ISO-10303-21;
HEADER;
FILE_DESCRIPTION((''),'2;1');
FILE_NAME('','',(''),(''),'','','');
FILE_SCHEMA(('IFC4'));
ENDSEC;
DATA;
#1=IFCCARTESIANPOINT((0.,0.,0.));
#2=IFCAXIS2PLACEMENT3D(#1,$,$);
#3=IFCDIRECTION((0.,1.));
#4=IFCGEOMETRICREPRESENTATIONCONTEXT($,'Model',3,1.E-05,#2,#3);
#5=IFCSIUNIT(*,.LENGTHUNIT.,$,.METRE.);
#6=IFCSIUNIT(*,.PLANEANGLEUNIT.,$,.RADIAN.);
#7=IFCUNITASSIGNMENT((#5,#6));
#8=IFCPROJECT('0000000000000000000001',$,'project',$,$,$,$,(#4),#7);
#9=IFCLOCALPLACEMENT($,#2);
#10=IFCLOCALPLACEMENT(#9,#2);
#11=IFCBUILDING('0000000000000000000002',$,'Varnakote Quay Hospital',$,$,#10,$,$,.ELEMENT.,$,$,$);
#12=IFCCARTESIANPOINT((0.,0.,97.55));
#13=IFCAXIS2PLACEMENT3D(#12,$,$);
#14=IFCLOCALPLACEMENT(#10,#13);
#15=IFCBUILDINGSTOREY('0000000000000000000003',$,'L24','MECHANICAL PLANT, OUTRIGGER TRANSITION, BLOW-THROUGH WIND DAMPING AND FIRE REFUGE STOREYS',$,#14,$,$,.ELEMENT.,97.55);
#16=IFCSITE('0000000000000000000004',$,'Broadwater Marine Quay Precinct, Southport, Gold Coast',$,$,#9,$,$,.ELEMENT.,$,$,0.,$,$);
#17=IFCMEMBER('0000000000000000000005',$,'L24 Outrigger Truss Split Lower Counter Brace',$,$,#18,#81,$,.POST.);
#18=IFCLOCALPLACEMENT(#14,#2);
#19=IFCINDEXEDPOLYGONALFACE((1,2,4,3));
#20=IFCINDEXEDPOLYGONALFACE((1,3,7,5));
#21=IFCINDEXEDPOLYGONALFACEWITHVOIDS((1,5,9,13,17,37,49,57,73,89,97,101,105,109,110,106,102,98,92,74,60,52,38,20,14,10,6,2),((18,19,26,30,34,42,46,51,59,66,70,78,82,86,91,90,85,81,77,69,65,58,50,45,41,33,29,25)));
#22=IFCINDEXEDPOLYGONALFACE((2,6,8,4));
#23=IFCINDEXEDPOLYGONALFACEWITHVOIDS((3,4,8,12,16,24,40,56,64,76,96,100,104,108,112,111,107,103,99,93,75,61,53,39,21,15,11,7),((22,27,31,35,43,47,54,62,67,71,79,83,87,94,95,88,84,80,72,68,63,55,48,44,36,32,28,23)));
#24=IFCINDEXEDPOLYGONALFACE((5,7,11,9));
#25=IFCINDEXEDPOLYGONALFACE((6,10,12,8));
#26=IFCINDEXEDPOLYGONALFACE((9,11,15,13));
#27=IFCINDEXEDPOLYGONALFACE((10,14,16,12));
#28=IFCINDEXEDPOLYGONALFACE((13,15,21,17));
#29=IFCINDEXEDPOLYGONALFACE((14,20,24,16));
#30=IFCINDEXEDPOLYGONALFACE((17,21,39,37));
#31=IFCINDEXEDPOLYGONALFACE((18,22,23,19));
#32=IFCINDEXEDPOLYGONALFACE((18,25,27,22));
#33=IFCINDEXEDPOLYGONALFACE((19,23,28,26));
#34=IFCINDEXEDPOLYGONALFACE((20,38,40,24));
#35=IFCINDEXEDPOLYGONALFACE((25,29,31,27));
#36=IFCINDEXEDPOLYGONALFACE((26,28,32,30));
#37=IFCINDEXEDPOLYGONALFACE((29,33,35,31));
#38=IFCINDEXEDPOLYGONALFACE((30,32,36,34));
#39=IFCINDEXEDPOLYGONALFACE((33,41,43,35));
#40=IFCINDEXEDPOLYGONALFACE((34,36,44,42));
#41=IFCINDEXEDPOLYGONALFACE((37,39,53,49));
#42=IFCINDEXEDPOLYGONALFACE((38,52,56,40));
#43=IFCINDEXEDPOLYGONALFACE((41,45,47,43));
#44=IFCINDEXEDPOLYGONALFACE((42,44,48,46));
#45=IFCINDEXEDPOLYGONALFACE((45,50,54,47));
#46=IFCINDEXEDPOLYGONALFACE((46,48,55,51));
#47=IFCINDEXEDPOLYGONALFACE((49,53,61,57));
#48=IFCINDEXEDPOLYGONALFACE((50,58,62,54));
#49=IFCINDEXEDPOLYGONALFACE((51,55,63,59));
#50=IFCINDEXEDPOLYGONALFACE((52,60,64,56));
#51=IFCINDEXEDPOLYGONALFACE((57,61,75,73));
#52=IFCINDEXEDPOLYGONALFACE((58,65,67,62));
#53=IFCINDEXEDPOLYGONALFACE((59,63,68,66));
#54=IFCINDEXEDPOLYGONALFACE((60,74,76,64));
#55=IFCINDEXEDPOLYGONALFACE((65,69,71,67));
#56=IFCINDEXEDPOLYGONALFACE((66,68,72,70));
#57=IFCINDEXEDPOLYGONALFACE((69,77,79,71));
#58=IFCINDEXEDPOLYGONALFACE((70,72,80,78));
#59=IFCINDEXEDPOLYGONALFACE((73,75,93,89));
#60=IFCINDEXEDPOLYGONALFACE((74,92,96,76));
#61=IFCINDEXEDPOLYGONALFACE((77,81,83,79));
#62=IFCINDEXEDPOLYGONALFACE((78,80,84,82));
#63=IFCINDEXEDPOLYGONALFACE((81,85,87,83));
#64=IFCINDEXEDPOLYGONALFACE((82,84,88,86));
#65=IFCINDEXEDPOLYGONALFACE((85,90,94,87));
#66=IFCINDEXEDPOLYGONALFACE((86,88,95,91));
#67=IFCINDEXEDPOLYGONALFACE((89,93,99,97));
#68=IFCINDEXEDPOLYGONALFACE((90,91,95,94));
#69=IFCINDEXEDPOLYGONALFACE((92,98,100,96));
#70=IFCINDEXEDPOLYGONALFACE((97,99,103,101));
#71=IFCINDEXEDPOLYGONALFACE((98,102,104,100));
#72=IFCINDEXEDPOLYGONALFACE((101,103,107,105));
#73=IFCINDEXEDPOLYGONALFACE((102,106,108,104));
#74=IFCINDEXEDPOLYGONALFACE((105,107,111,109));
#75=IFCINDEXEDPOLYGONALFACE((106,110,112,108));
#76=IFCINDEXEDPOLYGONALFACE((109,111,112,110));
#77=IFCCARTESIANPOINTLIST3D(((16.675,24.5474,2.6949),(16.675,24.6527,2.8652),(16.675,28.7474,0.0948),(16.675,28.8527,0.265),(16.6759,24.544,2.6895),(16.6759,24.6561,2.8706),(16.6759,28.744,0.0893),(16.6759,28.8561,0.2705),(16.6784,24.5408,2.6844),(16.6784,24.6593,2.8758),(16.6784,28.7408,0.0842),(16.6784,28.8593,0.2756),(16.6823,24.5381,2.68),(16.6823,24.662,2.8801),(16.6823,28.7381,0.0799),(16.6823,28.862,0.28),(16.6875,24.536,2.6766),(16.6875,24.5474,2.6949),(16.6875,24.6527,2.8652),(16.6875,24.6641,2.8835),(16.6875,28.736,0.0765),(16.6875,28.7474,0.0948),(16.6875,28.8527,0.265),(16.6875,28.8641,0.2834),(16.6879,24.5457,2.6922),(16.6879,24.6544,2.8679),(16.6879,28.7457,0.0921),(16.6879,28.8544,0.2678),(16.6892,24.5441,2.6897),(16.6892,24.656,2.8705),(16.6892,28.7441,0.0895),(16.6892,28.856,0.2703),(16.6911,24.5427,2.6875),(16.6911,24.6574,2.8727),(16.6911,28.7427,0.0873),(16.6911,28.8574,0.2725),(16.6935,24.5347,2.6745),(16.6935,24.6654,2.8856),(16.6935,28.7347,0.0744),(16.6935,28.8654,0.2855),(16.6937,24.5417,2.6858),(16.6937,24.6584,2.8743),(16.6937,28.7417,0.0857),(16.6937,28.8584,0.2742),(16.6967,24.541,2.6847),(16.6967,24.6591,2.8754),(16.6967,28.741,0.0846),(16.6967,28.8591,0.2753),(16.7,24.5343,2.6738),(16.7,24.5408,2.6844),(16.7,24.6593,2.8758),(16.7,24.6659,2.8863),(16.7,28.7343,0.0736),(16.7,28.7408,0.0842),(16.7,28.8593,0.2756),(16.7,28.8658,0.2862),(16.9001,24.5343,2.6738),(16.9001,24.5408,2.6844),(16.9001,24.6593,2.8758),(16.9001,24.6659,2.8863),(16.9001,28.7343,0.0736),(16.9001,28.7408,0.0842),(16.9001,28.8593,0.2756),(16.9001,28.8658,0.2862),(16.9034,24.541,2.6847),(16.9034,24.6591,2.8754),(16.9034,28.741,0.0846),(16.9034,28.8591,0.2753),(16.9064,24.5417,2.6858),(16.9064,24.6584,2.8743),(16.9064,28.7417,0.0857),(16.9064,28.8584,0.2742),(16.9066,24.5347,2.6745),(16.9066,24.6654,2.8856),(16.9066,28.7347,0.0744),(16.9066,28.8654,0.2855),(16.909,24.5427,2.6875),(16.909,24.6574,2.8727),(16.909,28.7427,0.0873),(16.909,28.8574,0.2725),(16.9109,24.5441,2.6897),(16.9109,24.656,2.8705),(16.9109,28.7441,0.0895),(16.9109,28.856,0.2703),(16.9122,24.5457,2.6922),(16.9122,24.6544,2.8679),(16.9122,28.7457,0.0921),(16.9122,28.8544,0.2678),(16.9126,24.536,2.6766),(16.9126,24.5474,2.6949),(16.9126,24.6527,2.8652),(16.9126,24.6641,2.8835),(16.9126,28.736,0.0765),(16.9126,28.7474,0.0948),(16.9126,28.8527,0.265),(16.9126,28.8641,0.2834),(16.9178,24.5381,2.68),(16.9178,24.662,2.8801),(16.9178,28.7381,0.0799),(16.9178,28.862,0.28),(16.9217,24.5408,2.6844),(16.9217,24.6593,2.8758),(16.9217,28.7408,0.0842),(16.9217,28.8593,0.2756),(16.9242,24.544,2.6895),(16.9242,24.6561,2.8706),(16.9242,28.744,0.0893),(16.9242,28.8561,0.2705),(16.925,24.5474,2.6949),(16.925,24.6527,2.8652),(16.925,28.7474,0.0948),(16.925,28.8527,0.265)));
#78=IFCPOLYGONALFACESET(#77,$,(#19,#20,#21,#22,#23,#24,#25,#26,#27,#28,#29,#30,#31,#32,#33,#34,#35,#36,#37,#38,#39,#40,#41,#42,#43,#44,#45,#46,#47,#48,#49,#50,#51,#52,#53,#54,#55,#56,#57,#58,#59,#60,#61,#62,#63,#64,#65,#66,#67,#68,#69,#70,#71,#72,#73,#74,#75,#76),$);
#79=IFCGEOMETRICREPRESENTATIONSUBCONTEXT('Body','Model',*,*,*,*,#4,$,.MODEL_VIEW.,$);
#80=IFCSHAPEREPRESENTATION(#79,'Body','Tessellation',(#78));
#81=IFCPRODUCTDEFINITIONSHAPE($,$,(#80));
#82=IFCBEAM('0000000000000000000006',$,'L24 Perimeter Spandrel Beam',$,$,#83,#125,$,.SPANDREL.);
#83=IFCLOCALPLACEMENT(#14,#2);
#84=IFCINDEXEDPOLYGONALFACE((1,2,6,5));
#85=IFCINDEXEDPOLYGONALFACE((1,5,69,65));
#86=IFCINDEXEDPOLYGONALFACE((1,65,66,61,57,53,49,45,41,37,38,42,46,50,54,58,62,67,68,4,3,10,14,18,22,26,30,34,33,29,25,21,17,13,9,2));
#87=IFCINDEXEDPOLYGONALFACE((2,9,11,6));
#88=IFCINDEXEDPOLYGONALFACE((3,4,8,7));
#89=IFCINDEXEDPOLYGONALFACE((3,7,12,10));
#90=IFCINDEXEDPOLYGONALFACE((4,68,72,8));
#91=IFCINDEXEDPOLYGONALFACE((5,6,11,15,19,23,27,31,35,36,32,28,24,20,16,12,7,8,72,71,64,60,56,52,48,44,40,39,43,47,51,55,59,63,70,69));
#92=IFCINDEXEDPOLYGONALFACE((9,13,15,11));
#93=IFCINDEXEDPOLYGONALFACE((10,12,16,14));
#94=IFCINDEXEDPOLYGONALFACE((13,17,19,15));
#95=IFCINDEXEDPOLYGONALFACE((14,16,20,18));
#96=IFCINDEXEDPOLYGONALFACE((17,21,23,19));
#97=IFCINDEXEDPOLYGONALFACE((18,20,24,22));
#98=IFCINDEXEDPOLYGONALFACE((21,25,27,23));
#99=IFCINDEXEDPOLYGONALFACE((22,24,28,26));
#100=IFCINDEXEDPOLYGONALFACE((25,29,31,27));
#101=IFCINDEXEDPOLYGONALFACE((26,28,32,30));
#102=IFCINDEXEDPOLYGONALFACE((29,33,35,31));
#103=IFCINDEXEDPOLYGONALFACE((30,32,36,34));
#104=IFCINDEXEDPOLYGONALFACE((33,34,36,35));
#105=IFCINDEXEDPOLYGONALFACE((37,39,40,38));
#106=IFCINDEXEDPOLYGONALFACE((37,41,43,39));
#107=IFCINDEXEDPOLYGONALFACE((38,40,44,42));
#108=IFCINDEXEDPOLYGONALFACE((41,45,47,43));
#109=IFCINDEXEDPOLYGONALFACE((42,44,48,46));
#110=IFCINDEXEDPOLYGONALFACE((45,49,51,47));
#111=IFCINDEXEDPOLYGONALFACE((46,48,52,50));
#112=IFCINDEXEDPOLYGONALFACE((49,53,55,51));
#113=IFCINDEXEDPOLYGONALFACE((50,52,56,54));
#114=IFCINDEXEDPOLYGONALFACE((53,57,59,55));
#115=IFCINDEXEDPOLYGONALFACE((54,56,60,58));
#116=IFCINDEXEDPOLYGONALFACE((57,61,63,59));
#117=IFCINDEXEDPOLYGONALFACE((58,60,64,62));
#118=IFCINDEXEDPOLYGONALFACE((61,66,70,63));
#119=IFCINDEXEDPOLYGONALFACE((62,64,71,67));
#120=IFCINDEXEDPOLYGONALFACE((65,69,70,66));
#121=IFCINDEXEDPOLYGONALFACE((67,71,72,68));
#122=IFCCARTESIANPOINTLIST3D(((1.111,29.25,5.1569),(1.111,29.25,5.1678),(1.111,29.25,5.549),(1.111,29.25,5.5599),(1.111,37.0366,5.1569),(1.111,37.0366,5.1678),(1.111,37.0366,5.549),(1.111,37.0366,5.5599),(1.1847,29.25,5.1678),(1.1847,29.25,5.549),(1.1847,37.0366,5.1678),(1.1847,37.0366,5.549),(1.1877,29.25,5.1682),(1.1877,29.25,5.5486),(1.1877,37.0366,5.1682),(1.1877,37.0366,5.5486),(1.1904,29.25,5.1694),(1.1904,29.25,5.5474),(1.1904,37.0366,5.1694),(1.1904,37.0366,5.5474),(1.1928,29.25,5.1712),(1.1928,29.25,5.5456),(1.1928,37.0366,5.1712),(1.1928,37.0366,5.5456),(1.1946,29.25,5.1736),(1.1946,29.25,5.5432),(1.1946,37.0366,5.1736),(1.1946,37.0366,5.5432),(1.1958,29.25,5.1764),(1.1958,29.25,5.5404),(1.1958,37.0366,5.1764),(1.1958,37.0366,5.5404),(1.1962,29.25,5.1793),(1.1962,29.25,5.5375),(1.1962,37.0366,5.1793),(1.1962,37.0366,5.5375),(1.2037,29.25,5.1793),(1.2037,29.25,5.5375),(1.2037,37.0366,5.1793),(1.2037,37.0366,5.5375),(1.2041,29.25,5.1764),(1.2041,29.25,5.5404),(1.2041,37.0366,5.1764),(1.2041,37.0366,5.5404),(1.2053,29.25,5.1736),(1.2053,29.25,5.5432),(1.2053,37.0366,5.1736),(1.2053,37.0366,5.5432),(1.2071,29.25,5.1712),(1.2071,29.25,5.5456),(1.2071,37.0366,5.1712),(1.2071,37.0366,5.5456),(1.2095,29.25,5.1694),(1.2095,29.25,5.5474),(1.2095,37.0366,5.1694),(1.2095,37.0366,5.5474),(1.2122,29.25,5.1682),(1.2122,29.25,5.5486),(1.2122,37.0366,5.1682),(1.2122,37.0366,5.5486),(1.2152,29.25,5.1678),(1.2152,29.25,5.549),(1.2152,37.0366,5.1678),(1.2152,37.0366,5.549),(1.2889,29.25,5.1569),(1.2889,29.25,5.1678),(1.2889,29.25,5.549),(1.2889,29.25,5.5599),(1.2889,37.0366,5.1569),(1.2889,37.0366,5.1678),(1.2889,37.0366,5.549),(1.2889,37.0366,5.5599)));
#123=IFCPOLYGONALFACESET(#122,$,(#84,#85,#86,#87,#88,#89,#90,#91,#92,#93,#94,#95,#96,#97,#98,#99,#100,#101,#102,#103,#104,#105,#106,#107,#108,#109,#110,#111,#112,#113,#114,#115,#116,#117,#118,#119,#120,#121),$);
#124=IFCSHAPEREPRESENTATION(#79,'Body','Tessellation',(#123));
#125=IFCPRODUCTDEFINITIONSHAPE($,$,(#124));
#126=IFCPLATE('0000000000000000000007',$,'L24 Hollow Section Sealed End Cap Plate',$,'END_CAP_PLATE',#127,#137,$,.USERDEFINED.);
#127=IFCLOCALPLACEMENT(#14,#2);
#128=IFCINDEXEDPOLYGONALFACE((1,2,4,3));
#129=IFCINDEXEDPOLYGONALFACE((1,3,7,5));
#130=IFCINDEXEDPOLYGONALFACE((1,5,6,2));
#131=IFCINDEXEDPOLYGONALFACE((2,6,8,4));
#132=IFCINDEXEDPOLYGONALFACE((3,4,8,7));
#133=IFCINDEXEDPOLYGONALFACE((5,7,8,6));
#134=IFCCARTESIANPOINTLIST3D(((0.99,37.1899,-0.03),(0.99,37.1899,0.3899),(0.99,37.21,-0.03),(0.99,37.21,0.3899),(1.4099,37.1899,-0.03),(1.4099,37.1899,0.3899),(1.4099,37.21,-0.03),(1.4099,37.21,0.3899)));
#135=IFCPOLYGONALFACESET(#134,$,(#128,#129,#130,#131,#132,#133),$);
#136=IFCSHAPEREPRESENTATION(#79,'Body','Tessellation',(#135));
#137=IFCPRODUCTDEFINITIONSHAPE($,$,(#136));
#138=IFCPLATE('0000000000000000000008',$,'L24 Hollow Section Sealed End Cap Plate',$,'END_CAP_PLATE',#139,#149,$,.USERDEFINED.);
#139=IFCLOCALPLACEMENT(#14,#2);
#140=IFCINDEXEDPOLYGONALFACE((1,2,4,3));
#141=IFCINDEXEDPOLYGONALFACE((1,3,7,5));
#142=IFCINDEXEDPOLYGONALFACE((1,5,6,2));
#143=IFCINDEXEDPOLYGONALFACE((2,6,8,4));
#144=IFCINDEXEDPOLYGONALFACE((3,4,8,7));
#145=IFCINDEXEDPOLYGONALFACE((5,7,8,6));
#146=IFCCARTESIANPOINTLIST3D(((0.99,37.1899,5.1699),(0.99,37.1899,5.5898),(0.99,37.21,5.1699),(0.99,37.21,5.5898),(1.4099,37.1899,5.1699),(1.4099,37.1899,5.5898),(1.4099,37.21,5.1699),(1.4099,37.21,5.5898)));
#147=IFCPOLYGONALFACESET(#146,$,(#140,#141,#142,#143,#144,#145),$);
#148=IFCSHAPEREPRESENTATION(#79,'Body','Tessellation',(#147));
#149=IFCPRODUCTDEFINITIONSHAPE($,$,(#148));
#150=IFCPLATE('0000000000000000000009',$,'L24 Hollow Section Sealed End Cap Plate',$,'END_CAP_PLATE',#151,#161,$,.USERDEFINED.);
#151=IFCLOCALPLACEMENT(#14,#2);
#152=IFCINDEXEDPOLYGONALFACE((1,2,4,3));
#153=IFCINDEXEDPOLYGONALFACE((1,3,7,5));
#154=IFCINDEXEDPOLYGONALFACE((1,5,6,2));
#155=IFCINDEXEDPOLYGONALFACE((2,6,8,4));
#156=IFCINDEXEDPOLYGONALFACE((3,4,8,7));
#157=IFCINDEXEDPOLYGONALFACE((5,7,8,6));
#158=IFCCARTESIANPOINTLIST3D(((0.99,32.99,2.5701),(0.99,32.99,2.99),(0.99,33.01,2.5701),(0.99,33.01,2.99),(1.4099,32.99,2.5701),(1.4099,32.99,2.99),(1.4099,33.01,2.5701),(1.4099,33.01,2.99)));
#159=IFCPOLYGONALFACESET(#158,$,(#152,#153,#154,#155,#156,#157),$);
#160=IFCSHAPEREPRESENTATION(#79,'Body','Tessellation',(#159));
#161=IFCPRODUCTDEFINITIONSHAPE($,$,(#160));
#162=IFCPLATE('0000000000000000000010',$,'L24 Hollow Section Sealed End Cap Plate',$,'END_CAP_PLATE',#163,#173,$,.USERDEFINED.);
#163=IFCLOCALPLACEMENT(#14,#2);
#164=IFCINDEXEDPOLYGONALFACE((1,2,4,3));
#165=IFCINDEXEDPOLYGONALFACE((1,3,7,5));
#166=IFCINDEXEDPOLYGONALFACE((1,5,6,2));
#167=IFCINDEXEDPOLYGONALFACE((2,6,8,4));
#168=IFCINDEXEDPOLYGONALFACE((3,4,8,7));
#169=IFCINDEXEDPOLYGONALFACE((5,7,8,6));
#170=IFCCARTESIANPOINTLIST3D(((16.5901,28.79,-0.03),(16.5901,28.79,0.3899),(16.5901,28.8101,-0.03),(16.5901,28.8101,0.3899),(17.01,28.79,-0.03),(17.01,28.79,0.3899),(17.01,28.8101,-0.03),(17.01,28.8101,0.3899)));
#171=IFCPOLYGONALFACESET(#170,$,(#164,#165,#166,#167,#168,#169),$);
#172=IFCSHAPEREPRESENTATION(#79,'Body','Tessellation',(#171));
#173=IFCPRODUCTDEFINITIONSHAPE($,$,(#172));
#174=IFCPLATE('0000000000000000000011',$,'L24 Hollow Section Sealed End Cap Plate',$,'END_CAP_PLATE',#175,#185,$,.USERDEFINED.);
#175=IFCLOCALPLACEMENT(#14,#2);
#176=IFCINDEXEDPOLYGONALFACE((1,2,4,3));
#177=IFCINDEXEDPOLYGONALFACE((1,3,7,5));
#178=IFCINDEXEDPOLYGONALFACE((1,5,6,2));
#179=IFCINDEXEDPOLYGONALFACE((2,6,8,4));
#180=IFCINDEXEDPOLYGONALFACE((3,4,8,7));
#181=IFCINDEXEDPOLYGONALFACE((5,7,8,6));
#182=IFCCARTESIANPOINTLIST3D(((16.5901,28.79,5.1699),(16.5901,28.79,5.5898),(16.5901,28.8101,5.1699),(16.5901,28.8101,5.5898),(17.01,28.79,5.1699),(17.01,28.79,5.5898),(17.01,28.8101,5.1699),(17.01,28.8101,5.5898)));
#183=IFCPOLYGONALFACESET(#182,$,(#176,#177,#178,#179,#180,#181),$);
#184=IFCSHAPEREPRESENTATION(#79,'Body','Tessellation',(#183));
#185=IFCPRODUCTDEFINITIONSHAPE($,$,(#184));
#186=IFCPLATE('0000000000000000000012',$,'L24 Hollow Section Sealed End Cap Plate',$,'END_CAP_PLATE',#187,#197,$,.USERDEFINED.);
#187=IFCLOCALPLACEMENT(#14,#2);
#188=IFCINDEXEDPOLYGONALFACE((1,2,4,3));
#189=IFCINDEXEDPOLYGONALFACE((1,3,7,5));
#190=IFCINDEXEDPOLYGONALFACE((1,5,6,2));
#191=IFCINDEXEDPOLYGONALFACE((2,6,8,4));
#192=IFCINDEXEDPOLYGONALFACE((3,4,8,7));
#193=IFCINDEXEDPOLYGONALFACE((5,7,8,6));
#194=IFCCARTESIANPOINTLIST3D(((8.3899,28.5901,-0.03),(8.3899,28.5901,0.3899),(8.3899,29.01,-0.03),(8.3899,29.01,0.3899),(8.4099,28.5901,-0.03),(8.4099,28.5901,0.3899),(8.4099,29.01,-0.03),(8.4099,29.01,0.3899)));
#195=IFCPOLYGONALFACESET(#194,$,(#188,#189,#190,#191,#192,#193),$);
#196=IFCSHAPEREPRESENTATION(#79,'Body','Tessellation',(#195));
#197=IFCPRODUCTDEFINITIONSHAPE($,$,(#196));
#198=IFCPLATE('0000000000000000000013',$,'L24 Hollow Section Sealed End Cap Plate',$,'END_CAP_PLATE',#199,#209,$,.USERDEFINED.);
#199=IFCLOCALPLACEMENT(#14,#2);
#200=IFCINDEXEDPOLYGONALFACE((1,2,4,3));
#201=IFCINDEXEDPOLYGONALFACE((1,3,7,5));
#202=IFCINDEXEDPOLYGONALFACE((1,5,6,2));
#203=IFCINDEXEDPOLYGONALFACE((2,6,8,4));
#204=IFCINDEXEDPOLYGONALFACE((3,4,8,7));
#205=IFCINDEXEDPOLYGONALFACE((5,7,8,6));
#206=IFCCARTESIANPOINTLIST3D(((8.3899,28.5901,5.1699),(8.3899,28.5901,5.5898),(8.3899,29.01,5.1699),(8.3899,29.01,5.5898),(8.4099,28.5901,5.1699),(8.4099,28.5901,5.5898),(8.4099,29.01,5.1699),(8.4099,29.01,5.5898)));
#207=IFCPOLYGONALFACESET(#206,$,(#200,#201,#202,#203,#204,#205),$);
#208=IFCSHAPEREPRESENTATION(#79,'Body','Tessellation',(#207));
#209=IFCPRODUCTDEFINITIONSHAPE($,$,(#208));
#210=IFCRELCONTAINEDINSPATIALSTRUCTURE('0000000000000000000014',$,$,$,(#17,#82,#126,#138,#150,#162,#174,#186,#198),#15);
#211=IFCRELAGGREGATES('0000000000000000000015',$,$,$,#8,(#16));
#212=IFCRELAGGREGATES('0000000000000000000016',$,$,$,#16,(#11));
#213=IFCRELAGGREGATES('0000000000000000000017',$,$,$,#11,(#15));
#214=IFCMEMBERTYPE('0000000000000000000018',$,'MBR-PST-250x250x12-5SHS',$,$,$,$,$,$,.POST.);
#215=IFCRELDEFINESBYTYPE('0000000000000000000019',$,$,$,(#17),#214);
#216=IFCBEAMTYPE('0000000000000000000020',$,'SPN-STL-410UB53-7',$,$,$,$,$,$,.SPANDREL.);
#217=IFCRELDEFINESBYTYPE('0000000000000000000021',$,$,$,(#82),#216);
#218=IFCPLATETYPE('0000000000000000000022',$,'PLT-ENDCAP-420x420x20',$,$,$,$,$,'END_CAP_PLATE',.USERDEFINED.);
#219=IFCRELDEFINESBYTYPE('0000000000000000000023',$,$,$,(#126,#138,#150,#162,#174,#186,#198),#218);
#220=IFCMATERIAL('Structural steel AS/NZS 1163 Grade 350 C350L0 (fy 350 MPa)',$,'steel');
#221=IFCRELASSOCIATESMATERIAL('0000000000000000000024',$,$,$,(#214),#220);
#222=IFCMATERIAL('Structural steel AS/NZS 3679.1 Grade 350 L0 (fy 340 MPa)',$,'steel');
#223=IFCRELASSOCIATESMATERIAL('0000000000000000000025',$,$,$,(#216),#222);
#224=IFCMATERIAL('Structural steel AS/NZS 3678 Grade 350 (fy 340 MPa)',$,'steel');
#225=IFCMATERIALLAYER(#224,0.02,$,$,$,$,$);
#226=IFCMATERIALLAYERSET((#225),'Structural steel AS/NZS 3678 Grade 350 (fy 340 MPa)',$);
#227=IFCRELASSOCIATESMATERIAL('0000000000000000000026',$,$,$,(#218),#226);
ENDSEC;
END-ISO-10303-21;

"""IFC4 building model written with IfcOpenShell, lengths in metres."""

from ifc_helpers import new_model, si_unit, direction, frame, origin, origin_2d, place, context, subcontext, project, spatial, rectangle, hollow_rectangle, i_section, extrude, material, layer, layer_set, material_profile, profile_set, type_object, element, save


model = new_model("IFC4")

# Units and contexts
model_context = context("Model", 3, precision=1e-05, world=origin(), true_north=direction((0.0, 1.0)))
body_context = subcontext(model_context, "Body", "Model", "MODEL_VIEW")
ifc_project = project(units=[si_unit("LENGTHUNIT", "METRE"), si_unit("PLANEANGLEUNIT", "RADIAN")], contexts=[model_context])

# Site, building, storey
site_placement = place(None, origin())
site = spatial("IfcSite", under=ifc_project, at=site_placement, Name="Broadwater Marine Quay Precinct, Southport, Gold Coast", CompositionType="ELEMENT", RefElevation=0.0)
building_placement = place(site_placement, origin())
building = spatial("IfcBuilding", under=site, at=building_placement, Name="Varnakote Quay Hospital", CompositionType="ELEMENT")
storey_placement = place(building_placement, frame((0.0, 0.0, 97.55)))
storey = spatial("IfcBuildingStorey", under=building, at=storey_placement, Name="L24", Description="MECHANICAL PLANT, OUTRIGGER TRANSITION, BLOW-THROUGH WIND DAMPING AND FIRE REFUGE STOREYS", CompositionType="ELEMENT", Elevation=97.55)

# Member
ifc_material_1 = material(Name="Structural steel AS/NZS 1163 Grade 350 C350L0 (fy 350 MPa)", Category="steel")
ifc_material_profile_1 = material_profile(ifc_material_1, hollow_rectangle(XDim=0.25, YDim=0.25, WallThickness=0.0125, InnerFilletRadius=0.0125, OuterFilletRadius=0.0249, at=origin_2d()), Name="250x250x12.5SHS")
ifc_profile_set_1 = profile_set([ifc_material_profile_1], Name="Structural steel AS/NZS 1163 Grade 350 C350L0 (fy 350 MPa)")
member_type_1 = type_object("IfcMemberType", Name="MBR-PST-250x250x12-5SHS", PredefinedType="POST", material=ifc_profile_set_1)
member_1_placement = place(storey_placement, frame((16.8, 28.8, 0.1799), z_axis=(0.0, -0.850254, 0.526373), x_axis=(1.0, 0.0, 0.0)))
element("IfcMember", 1, at=member_1_placement, inside=storey, type_object=member_type_1, Name="L24 Outrigger Truss Split Lower Counter Brace", PredefinedType="POST", context=body_context, shape_type="SweptSolid", body=[
    extrude(hollow_rectangle(XDim=0.25, YDim=0.25, WallThickness=0.0125, InnerFilletRadius=0.0125, OuterFilletRadius=0.0249, at=origin_2d()), origin(), (0.0, 0.0, 1.0), 4.9397),
])

# Beam
ifc_material_2 = material(Name="Structural steel AS/NZS 3679.1 Grade 350 L0 (fy 340 MPa)", Category="steel")
ifc_material_profile_2 = material_profile(ifc_material_2, i_section(OverallWidth=0.178, OverallDepth=0.4031, WebThickness=0.0076, FlangeThickness=0.011, FilletRadius=0.0115, at=origin_2d()), Name="410UB53.7")
ifc_profile_set_2 = profile_set([ifc_material_profile_2], Name="Structural steel AS/NZS 3679.1 Grade 350 L0 (fy 340 MPa)")
beam_type_1 = type_object("IfcBeamType", Name="SPN-STL-410UB53-7", PredefinedType="SPANDREL", material=ifc_profile_set_2)
beam_1_placement = place(storey_placement, frame((1.2, 29.25, 5.3584), z_axis=(0.0, 1.0, 0.0), x_axis=(-1.0, 0.0, 0.0)))
element("IfcBeam", 2, at=beam_1_placement, inside=storey, type_object=beam_type_1, Name="L24 Perimeter Spandrel Beam", PredefinedType="SPANDREL", context=body_context, shape_type="SweptSolid", body=[
    extrude(i_section(OverallWidth=0.178, OverallDepth=0.4031, WebThickness=0.0076, FlangeThickness=0.011, FilletRadius=0.0115, at=origin_2d()), origin(), (0.0, 0.0, 1.0), 7.7866),
])

# Plates
ifc_material_3 = material(Name="Structural steel AS/NZS 3678 Grade 350 (fy 340 MPa)", Category="steel")
ifc_layer_1 = layer(ifc_material_3, 0.02)
ifc_layer_set_1 = layer_set([ifc_layer_1], Name="Structural steel AS/NZS 3678 Grade 350 (fy 340 MPa)")
plate_type_1 = type_object("IfcPlateType", Name="PLT-ENDCAP-420x420x20", ElementType="END_CAP_PLATE", PredefinedType="USERDEFINED", material=ifc_layer_set_1)
for number, where, z_axis, x_axis, name in (
    (3, (1.2, 37.2, -0.03), (0.0, 0.0, 1.0), (0.0, 1.0, 0.0), "L24 Hollow Section Sealed End Cap Plate"),
    (4, (1.2, 37.2, 5.1699), (0.0, 0.0, 1.0), (0.0, 1.0, 0.0), "L24 Hollow Section Sealed End Cap Plate"),
    (5, (1.2, 33.0, 2.5701), (0.0, 0.0, 1.0), (0.0, 1.0, 0.0), "L24 Hollow Section Sealed End Cap Plate"),
    (6, (16.8, 28.8, -0.03), (0.0, 0.0, 1.0), (0.0, 1.0, 0.0), "L24 Hollow Section Sealed End Cap Plate"),
    (7, (16.8, 28.8, 5.1699), (0.0, 0.0, 1.0), (0.0, 1.0, 0.0), "L24 Hollow Section Sealed End Cap Plate"),
    (8, (8.3999, 28.8, -0.03), (0.0, 0.0, 1.0), (1.0, 0.0, 0.0), "L24 Hollow Section Sealed End Cap Plate"),
    (9, (8.3999, 28.8, 5.1699), (0.0, 0.0, 1.0), (1.0, 0.0, 0.0), "L24 Hollow Section Sealed End Cap Plate"),
):
    element("IfcPlate", number, at=place(storey_placement, frame(where, z_axis=z_axis, x_axis=x_axis)), inside=storey, type_object=plate_type_1, Name=name, ObjectType="END_CAP_PLATE", PredefinedType="USERDEFINED", context=body_context, shape_type="SweptSolid", body=[
        extrude(rectangle(XDim=0.02, YDim=0.4199, at=origin_2d()), origin(), (0.0, 0.0, 1.0), 0.4199),
    ])

save(model, "model.ifc")
